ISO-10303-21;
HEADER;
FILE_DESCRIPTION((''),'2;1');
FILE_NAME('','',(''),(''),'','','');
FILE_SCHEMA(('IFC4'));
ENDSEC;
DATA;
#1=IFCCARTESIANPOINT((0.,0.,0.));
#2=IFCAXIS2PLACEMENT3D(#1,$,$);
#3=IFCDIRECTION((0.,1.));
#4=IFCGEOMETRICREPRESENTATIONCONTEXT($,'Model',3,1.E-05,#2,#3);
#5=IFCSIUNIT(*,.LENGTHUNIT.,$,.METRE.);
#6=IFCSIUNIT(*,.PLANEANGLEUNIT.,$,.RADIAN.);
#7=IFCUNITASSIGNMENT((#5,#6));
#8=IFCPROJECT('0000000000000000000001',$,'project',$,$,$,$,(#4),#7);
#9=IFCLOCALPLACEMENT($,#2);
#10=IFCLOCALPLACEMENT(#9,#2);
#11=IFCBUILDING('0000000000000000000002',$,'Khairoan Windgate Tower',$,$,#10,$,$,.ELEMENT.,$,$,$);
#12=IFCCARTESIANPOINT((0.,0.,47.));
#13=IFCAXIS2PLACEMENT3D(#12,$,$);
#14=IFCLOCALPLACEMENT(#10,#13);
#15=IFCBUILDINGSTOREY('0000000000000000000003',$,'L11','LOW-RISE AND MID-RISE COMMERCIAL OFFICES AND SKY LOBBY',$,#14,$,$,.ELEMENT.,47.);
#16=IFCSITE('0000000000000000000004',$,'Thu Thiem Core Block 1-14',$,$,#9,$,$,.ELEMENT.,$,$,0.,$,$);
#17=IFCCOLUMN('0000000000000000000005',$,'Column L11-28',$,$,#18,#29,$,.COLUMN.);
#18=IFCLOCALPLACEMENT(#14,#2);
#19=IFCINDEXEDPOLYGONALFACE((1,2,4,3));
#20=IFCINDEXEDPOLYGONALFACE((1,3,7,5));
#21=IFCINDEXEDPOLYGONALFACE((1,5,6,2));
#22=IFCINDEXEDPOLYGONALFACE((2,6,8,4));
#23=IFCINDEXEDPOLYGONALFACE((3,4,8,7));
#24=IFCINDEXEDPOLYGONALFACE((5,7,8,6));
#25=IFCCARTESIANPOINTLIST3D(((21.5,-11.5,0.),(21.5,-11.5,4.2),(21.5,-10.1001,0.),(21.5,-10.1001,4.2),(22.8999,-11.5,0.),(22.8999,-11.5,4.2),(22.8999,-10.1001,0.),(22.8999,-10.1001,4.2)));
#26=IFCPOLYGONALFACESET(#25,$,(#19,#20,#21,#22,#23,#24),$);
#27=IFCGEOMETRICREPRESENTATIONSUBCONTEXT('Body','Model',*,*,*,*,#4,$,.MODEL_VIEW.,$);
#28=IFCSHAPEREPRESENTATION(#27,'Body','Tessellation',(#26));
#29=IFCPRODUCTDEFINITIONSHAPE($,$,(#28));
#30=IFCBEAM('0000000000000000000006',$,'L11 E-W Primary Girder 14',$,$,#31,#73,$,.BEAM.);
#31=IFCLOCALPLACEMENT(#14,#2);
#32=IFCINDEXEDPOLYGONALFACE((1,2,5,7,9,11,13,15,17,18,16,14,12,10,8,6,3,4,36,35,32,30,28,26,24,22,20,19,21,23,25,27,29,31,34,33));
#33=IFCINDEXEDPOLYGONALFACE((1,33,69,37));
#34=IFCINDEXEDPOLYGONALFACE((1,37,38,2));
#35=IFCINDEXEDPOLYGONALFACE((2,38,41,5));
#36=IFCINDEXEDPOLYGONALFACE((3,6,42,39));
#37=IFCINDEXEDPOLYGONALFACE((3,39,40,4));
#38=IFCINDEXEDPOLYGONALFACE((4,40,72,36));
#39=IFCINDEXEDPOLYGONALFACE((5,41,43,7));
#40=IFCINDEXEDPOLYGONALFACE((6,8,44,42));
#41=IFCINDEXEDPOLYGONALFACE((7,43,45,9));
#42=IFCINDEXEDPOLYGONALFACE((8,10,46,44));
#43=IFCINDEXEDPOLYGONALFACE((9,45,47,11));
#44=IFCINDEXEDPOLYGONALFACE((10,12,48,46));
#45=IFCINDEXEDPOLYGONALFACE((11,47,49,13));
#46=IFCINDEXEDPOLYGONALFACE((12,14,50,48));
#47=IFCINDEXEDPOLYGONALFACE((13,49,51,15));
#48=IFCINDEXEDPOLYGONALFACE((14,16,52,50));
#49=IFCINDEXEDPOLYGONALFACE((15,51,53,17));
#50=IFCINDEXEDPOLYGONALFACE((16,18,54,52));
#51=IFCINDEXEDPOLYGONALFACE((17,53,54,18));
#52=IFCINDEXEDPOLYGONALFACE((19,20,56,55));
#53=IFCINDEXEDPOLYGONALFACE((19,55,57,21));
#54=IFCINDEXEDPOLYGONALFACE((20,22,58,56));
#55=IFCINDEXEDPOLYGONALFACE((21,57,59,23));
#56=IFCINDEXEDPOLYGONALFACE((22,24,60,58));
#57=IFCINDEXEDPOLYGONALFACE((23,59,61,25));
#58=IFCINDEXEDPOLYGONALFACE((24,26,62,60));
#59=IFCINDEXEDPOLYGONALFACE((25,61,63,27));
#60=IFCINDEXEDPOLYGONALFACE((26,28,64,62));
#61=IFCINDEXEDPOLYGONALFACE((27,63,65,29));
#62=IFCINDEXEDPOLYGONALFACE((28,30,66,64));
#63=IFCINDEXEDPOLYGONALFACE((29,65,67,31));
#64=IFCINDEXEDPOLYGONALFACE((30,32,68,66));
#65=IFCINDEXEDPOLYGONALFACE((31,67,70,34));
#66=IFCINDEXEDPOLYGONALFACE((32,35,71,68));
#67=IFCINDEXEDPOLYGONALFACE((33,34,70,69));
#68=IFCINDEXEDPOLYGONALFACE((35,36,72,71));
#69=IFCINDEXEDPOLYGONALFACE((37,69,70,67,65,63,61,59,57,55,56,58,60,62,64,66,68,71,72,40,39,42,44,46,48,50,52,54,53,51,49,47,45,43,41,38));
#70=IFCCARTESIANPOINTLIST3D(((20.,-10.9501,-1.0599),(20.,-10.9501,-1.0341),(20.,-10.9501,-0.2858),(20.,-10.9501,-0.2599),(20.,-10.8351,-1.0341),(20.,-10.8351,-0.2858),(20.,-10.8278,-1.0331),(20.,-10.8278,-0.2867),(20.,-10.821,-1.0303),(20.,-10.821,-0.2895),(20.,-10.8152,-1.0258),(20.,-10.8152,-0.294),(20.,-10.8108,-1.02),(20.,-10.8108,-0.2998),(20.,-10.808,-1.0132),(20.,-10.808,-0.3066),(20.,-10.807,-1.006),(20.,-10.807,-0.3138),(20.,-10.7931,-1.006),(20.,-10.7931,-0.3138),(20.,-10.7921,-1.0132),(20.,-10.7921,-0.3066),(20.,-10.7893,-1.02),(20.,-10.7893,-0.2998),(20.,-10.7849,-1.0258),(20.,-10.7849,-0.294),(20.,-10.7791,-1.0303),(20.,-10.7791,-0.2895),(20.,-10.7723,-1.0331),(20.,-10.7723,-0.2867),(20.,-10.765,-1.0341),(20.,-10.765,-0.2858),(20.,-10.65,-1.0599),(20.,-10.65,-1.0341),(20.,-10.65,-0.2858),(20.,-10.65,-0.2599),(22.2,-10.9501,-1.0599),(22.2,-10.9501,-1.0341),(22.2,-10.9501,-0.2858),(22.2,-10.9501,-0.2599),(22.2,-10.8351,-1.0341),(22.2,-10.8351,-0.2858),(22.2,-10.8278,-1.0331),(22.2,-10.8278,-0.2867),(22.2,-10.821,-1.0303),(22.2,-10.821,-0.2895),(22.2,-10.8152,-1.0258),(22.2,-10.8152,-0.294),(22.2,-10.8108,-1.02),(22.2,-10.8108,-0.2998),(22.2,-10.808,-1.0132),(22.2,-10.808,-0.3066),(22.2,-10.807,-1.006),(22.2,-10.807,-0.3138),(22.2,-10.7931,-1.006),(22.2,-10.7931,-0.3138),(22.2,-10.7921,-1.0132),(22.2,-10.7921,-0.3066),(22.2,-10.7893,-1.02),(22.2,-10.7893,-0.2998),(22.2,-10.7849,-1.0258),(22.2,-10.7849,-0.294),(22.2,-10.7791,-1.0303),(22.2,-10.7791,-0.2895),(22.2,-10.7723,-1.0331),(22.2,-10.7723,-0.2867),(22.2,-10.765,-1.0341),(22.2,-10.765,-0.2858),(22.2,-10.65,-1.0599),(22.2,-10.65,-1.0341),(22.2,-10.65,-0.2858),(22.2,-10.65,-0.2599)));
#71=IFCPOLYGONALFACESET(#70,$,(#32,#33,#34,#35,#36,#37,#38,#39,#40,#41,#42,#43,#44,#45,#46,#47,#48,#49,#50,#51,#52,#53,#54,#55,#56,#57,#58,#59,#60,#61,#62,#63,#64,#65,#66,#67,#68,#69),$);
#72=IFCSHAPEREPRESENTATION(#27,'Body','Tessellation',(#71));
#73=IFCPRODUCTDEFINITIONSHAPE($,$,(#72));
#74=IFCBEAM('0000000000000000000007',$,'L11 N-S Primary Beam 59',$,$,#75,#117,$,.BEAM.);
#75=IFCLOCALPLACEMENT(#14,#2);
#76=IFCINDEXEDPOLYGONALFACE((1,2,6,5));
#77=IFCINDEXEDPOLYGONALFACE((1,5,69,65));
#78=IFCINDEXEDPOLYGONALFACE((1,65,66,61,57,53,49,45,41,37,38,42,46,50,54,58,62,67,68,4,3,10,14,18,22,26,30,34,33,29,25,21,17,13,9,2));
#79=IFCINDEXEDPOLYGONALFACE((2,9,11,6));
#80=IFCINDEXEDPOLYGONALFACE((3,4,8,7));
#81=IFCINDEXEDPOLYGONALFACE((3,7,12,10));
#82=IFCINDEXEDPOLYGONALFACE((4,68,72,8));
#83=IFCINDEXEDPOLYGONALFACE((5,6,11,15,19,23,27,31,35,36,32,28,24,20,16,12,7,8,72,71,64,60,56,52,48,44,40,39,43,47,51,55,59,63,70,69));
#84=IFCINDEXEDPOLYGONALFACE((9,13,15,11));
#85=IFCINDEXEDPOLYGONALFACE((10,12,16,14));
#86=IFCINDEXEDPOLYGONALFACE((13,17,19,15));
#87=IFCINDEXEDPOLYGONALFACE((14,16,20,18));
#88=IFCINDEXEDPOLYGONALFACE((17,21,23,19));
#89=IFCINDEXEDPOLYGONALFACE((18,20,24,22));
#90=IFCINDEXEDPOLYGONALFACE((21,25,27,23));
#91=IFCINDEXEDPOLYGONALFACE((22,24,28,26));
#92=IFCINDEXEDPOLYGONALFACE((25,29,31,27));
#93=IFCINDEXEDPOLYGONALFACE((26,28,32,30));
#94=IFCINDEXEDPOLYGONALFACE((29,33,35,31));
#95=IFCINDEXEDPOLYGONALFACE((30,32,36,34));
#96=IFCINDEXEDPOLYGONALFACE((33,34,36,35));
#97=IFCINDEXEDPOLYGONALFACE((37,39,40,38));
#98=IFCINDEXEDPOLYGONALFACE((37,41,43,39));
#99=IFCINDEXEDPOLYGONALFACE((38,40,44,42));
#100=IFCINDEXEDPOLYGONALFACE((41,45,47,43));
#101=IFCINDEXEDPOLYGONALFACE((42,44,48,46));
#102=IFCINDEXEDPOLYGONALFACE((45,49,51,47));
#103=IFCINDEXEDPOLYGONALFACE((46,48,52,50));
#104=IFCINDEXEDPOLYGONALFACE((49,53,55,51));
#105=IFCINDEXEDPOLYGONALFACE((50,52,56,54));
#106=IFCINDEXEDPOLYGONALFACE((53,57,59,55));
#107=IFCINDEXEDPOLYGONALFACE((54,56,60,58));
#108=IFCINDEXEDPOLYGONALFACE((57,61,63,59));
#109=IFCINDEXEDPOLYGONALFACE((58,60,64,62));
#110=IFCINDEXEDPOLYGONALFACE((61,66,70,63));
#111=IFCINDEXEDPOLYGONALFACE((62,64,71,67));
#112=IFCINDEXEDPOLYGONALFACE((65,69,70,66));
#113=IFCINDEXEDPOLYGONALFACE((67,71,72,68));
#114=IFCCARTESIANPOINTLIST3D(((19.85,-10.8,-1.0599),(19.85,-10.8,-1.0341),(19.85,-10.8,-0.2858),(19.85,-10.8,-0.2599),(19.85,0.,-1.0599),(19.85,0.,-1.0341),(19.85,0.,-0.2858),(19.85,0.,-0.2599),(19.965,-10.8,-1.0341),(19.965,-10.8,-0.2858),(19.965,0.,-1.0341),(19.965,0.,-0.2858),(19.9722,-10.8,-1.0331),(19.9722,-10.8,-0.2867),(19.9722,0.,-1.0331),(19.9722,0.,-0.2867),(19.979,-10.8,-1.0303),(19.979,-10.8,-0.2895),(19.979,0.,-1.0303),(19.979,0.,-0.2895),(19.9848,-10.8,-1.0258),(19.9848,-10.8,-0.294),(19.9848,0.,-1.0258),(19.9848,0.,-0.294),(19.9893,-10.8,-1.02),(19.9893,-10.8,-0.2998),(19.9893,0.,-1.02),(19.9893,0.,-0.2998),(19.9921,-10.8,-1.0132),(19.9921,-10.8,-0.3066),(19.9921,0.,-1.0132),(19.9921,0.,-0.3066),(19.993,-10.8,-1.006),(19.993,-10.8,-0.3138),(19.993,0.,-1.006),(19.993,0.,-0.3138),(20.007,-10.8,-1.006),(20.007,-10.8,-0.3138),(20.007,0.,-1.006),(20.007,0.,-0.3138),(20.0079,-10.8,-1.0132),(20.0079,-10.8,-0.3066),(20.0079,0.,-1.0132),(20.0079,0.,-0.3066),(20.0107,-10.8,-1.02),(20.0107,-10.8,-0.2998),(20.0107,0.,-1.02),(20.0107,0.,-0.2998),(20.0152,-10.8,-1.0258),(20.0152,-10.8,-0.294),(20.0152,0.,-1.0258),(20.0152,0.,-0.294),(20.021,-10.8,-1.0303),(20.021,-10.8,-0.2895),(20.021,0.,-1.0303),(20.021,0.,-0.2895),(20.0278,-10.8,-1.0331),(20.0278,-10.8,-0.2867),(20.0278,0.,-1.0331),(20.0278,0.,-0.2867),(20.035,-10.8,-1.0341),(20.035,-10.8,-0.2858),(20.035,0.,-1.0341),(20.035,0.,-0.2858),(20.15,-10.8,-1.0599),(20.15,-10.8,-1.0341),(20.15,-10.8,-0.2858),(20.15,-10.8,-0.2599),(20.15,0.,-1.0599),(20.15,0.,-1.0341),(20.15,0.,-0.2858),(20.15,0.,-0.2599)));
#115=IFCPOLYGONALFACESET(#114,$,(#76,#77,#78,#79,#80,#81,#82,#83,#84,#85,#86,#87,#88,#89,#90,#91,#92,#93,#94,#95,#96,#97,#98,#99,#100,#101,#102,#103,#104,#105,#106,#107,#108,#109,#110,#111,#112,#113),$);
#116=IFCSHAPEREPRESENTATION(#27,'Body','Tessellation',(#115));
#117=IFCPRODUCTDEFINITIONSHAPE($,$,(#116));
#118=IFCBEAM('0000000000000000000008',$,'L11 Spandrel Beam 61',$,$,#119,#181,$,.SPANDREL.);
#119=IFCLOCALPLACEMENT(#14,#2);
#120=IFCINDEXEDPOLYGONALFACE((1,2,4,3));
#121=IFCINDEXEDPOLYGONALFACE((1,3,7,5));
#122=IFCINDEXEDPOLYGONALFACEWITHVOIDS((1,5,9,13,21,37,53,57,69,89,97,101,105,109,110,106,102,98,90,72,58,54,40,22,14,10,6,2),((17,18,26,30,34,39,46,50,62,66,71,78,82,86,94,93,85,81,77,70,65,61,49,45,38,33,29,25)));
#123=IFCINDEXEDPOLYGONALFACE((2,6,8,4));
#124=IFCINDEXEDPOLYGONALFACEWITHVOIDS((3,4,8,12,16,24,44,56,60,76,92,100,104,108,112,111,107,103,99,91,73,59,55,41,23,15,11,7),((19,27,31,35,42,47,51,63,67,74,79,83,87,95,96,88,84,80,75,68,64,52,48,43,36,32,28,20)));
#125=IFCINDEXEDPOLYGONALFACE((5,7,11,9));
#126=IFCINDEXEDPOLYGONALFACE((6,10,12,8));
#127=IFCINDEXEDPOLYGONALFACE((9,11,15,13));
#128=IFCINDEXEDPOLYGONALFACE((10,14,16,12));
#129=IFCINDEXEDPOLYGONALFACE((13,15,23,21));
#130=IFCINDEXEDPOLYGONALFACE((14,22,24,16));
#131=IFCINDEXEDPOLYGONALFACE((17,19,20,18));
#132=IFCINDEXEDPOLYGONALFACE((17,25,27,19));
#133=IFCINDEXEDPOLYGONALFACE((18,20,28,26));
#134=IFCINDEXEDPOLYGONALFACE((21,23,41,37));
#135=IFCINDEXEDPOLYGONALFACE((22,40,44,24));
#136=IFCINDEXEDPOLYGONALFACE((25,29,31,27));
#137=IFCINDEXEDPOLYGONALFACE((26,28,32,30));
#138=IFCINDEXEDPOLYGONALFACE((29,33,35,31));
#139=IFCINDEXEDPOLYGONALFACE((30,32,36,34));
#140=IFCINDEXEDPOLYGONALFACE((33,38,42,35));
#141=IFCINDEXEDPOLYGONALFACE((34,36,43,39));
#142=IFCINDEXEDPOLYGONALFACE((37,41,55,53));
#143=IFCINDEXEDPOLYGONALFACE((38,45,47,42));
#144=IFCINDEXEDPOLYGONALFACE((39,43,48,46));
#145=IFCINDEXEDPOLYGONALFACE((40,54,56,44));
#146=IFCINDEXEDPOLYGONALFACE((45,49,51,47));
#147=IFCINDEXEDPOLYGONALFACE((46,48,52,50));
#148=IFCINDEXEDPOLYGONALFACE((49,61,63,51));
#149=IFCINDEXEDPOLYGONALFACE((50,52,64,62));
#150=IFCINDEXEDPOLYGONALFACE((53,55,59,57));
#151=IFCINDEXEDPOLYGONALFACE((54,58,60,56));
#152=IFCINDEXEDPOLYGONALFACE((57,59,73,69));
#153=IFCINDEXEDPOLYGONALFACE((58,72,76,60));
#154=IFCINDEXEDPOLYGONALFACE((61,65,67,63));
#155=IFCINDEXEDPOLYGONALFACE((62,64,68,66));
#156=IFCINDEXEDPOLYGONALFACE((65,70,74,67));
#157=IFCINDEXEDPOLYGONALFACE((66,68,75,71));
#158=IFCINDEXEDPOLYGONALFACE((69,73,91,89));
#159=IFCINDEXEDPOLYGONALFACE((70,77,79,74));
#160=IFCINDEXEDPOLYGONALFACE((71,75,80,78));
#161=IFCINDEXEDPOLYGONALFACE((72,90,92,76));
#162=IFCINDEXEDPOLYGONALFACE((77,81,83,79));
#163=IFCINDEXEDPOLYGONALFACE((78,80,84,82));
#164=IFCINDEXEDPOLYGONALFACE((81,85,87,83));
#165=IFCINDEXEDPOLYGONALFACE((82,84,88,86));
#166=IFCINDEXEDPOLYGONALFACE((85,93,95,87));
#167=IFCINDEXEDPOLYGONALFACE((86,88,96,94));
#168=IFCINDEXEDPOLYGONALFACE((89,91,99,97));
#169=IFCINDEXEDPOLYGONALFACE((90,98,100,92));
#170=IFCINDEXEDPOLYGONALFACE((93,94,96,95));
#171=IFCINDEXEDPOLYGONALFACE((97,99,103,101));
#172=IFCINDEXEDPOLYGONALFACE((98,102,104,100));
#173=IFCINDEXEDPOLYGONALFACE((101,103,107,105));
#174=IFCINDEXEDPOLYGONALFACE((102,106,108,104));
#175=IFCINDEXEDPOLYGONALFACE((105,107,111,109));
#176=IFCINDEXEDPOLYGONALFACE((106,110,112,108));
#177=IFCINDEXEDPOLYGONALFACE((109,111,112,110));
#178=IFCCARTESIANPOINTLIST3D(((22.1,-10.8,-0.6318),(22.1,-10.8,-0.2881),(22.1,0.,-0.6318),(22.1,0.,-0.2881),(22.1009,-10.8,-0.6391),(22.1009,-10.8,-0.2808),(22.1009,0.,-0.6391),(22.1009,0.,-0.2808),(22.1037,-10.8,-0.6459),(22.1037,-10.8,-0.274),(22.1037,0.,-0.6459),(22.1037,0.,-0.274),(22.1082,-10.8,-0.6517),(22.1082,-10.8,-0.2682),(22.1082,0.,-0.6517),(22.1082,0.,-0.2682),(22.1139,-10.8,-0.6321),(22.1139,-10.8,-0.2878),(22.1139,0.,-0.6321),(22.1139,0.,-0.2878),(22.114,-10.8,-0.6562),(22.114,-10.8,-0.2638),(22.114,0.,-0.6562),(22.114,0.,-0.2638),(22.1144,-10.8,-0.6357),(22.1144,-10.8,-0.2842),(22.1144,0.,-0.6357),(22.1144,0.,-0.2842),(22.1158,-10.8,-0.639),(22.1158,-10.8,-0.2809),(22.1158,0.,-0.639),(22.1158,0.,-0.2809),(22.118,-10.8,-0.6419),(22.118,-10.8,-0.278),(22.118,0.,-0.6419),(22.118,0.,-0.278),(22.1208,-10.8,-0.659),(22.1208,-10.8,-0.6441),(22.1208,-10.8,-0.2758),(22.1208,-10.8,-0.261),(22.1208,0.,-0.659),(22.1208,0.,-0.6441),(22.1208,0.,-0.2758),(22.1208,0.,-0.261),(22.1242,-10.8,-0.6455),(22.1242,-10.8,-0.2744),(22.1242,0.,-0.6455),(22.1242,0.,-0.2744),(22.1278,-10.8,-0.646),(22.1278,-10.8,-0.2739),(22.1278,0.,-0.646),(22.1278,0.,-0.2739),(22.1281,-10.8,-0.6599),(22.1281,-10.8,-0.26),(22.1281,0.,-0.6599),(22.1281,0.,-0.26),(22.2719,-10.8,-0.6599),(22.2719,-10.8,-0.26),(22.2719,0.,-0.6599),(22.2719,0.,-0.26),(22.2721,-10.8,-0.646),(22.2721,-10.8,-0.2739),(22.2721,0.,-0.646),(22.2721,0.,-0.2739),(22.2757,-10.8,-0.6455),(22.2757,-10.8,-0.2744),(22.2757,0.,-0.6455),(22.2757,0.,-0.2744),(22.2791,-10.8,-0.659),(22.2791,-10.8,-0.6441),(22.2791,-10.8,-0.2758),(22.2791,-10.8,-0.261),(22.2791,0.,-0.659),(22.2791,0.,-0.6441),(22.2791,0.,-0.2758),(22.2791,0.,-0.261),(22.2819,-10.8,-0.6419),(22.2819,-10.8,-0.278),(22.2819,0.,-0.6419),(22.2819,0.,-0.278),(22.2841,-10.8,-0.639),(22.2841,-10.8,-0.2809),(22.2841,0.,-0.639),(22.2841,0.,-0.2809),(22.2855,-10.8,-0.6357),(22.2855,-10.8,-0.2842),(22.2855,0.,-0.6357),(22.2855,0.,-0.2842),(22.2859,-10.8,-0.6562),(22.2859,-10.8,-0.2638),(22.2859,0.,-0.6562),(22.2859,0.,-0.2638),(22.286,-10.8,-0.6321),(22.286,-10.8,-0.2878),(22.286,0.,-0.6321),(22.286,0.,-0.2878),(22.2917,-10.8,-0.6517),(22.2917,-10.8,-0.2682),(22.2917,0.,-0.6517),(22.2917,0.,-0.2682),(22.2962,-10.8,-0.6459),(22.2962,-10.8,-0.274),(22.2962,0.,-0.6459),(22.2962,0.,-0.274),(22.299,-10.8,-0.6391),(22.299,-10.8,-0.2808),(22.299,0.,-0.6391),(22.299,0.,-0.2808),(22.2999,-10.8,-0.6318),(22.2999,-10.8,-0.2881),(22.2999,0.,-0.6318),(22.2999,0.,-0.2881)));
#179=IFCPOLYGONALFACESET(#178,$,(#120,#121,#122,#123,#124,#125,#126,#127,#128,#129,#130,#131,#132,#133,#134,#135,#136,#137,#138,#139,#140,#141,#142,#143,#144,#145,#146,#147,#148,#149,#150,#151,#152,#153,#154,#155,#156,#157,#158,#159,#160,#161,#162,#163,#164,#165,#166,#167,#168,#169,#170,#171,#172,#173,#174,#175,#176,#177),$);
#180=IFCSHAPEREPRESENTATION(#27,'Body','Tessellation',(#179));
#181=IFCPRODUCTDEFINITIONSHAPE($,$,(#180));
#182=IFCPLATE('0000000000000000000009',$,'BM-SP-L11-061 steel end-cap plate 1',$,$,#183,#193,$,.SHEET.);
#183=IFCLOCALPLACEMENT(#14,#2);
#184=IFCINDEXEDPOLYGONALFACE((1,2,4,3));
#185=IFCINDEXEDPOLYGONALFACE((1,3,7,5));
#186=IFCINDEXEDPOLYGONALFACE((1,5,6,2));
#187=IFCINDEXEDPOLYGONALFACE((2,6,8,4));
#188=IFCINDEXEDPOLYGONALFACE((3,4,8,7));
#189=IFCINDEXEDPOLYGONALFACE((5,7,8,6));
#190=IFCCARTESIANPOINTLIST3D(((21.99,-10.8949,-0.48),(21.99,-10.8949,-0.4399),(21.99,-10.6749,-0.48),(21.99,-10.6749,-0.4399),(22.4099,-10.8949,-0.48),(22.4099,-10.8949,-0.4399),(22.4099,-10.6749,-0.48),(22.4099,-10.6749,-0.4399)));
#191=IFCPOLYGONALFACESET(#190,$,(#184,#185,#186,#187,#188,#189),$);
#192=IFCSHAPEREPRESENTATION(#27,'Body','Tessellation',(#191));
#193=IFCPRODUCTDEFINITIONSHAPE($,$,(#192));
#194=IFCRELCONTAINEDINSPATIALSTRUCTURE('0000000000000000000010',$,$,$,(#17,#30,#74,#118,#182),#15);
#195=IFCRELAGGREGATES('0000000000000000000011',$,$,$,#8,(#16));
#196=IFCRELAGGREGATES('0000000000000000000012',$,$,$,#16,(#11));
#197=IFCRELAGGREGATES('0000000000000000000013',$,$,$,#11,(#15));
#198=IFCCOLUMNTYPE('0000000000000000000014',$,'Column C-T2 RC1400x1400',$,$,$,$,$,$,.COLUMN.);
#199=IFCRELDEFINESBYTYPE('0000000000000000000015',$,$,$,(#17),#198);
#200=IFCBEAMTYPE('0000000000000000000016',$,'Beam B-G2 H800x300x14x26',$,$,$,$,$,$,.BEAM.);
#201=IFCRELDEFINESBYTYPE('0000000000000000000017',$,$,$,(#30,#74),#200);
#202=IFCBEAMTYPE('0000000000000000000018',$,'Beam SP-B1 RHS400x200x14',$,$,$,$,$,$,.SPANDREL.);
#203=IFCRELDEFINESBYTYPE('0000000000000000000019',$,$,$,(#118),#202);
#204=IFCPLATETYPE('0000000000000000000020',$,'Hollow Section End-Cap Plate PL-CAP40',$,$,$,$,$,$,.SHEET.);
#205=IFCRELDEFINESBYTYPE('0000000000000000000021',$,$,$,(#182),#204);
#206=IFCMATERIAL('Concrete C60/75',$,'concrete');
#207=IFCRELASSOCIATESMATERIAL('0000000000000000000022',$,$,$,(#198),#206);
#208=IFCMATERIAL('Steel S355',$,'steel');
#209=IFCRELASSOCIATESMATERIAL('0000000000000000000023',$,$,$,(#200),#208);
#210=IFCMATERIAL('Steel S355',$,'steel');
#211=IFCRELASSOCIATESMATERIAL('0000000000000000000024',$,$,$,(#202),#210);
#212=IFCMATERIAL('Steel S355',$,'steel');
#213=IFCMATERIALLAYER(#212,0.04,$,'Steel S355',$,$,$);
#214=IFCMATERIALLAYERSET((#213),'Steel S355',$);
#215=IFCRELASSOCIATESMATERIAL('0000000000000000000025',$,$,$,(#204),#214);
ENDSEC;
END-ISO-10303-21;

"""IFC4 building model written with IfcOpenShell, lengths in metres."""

from ifc_helpers import new_model, si_unit, direction, frame, origin, origin_2d, place, context, subcontext, project, spatial, rectangle, hollow_rectangle, i_section, extrude, material, layer, layer_set, material_profile, profile_set, type_object, element, save


model = new_model("IFC4")

# Units and contexts
model_context = context("Model", 3, precision=1e-05, world=origin(), true_north=direction((0.0, 1.0)))
body_context = subcontext(model_context, "Body", "Model", "MODEL_VIEW")
ifc_project = project(units=[si_unit("LENGTHUNIT", "METRE"), si_unit("PLANEANGLEUNIT", "RADIAN")], contexts=[model_context])

# Site, building, storey
site_placement = place(None, origin())
site = spatial("IfcSite", under=ifc_project, at=site_placement, Name="Thu Thiem Core Block 1-14", CompositionType="ELEMENT", RefElevation=0.0)
building_placement = place(site_placement, origin())
building = spatial("IfcBuilding", under=site, at=building_placement, Name="Khairoan Windgate Tower", CompositionType="ELEMENT")
storey_placement = place(building_placement, frame((0.0, 0.0, 47.0)))
storey = spatial("IfcBuildingStorey", under=building, at=storey_placement, Name="L11", Description="LOW-RISE AND MID-RISE COMMERCIAL OFFICES AND SKY LOBBY", CompositionType="ELEMENT", Elevation=47.0)

# Column
ifc_material_1 = material(Name="Concrete C60/75", Category="concrete")
ifc_material_profile_1 = material_profile(ifc_material_1, rectangle(XDim=1.3999, YDim=1.3999, at=origin_2d()))
ifc_profile_set_1 = profile_set([ifc_material_profile_1], Name="Concrete C60/75")
column_type = type_object("IfcColumnType", Name="Column C-T2 RC1400x1400", PredefinedType="COLUMN", material=ifc_profile_set_1)
column_placement = place(storey_placement, frame((22.2, -10.8, 0.0), z_axis=(0.0, 0.0, 1.0), x_axis=(1.0, 0.0, 0.0)))
element("IfcColumn", 1, at=column_placement, inside=storey, type_object=column_type, Name="Column L11-28", PredefinedType="COLUMN", context=body_context, shape_type="SweptSolid", body=[
    extrude(rectangle(XDim=1.3999, YDim=1.3999, at=origin_2d()), origin(), (0.0, 0.0, 1.0), 4.2),
])

# Beams
ifc_material_2 = material(Name="Steel S355", Category="steel")
ifc_material_profile_2 = material_profile(ifc_material_2, i_section(OverallWidth=0.3, OverallDepth=0.8, WebThickness=0.0139, FlangeThickness=0.0259, FilletRadius=0.0281, at=origin_2d()))
ifc_profile_set_2 = profile_set([ifc_material_profile_2], Name="Steel S355")
beam_type_1 = type_object("IfcBeamType", Name="Beam B-G2 H800x300x14x26", PredefinedType="BEAM", material=ifc_profile_set_2)
beam_1_placement = place(storey_placement, frame((20.0, -10.8, -0.6599), z_axis=(1.0, 0.0, 0.0), x_axis=(0.0, 1.0, 0.0)))
element("IfcBeam", 2, at=beam_1_placement, inside=storey, type_object=beam_type_1, Name="L11 E-W Primary Girder 14", PredefinedType="BEAM", context=body_context, shape_type="SweptSolid", body=[
    extrude(i_section(OverallWidth=0.3, OverallDepth=0.8, WebThickness=0.0139, FlangeThickness=0.0259, FilletRadius=0.0281, at=origin_2d()), origin(), (0.0, 0.0, 1.0), 2.2),
])
beam_2_placement = place(storey_placement, frame((20.0, -10.8, -0.6599), z_axis=(0.0, 1.0, 0.0), x_axis=(-1.0, 0.0, 0.0)))
element("IfcBeam", 3, at=beam_2_placement, inside=storey, type_object=beam_type_1, Name="L11 N-S Primary Beam 59", PredefinedType="BEAM", context=body_context, shape_type="SweptSolid", body=[
    extrude(i_section(OverallWidth=0.3, OverallDepth=0.8, WebThickness=0.0139, FlangeThickness=0.0259, FilletRadius=0.0281, at=origin_2d()), origin(), (0.0, 0.0, 1.0), 10.8),
])
ifc_material_3 = material(Name="Steel S355", Category="steel")
ifc_material_profile_3 = material_profile(ifc_material_3, hollow_rectangle(XDim=0.2, YDim=0.3999, WallThickness=0.0139, InnerFilletRadius=0.0139, OuterFilletRadius=0.0281, at=origin_2d()))
ifc_profile_set_3 = profile_set([ifc_material_profile_3], Name="Steel S355")
beam_type_2 = type_object("IfcBeamType", Name="Beam SP-B1 RHS400x200x14", PredefinedType="SPANDREL", material=ifc_profile_set_3)
beam_3_placement = place(storey_placement, frame((22.2, -10.8, -0.46), z_axis=(0.0, 1.0, 0.0), x_axis=(-1.0, 0.0, 0.0)))
element("IfcBeam", 4, at=beam_3_placement, inside=storey, type_object=beam_type_2, Name="L11 Spandrel Beam 61", PredefinedType="SPANDREL", context=body_context, shape_type="SweptSolid", body=[
    extrude(hollow_rectangle(XDim=0.2, YDim=0.3999, WallThickness=0.0139, InnerFilletRadius=0.0139, OuterFilletRadius=0.0281, at=origin_2d()), origin(), (0.0, 0.0, 1.0), 10.8),
])

# Plate
ifc_material_4 = material(Name="Steel S355", Category="steel")
ifc_layer_1 = layer(ifc_material_4, 0.04, Name="Steel S355")
ifc_layer_set_1 = layer_set([ifc_layer_1], Name="Steel S355")
plate_type = type_object("IfcPlateType", Name="Hollow Section End-Cap Plate PL-CAP40", PredefinedType="SHEET", material=ifc_layer_set_1)
for number, where, z_axis, x_axis, name in (
    (5, (22.2, -10.7849, -0.48), (0.0, 0.0, 1.0), (0.0, 1.0, 0.0), "BM-SP-L11-061 steel end-cap plate 1"),
):
    element("IfcPlate", number, at=place(storey_placement, frame(where, z_axis=z_axis, x_axis=x_axis)), inside=storey, type_object=plate_type, Name=name, PredefinedType="SHEET", context=body_context, shape_type="SweptSolid", body=[
        extrude(rectangle(XDim=0.22, YDim=0.4199, at=origin_2d()), origin(), (0.0, 0.0, 1.0), 0.04),
    ])

save(model, "model.ifc")
